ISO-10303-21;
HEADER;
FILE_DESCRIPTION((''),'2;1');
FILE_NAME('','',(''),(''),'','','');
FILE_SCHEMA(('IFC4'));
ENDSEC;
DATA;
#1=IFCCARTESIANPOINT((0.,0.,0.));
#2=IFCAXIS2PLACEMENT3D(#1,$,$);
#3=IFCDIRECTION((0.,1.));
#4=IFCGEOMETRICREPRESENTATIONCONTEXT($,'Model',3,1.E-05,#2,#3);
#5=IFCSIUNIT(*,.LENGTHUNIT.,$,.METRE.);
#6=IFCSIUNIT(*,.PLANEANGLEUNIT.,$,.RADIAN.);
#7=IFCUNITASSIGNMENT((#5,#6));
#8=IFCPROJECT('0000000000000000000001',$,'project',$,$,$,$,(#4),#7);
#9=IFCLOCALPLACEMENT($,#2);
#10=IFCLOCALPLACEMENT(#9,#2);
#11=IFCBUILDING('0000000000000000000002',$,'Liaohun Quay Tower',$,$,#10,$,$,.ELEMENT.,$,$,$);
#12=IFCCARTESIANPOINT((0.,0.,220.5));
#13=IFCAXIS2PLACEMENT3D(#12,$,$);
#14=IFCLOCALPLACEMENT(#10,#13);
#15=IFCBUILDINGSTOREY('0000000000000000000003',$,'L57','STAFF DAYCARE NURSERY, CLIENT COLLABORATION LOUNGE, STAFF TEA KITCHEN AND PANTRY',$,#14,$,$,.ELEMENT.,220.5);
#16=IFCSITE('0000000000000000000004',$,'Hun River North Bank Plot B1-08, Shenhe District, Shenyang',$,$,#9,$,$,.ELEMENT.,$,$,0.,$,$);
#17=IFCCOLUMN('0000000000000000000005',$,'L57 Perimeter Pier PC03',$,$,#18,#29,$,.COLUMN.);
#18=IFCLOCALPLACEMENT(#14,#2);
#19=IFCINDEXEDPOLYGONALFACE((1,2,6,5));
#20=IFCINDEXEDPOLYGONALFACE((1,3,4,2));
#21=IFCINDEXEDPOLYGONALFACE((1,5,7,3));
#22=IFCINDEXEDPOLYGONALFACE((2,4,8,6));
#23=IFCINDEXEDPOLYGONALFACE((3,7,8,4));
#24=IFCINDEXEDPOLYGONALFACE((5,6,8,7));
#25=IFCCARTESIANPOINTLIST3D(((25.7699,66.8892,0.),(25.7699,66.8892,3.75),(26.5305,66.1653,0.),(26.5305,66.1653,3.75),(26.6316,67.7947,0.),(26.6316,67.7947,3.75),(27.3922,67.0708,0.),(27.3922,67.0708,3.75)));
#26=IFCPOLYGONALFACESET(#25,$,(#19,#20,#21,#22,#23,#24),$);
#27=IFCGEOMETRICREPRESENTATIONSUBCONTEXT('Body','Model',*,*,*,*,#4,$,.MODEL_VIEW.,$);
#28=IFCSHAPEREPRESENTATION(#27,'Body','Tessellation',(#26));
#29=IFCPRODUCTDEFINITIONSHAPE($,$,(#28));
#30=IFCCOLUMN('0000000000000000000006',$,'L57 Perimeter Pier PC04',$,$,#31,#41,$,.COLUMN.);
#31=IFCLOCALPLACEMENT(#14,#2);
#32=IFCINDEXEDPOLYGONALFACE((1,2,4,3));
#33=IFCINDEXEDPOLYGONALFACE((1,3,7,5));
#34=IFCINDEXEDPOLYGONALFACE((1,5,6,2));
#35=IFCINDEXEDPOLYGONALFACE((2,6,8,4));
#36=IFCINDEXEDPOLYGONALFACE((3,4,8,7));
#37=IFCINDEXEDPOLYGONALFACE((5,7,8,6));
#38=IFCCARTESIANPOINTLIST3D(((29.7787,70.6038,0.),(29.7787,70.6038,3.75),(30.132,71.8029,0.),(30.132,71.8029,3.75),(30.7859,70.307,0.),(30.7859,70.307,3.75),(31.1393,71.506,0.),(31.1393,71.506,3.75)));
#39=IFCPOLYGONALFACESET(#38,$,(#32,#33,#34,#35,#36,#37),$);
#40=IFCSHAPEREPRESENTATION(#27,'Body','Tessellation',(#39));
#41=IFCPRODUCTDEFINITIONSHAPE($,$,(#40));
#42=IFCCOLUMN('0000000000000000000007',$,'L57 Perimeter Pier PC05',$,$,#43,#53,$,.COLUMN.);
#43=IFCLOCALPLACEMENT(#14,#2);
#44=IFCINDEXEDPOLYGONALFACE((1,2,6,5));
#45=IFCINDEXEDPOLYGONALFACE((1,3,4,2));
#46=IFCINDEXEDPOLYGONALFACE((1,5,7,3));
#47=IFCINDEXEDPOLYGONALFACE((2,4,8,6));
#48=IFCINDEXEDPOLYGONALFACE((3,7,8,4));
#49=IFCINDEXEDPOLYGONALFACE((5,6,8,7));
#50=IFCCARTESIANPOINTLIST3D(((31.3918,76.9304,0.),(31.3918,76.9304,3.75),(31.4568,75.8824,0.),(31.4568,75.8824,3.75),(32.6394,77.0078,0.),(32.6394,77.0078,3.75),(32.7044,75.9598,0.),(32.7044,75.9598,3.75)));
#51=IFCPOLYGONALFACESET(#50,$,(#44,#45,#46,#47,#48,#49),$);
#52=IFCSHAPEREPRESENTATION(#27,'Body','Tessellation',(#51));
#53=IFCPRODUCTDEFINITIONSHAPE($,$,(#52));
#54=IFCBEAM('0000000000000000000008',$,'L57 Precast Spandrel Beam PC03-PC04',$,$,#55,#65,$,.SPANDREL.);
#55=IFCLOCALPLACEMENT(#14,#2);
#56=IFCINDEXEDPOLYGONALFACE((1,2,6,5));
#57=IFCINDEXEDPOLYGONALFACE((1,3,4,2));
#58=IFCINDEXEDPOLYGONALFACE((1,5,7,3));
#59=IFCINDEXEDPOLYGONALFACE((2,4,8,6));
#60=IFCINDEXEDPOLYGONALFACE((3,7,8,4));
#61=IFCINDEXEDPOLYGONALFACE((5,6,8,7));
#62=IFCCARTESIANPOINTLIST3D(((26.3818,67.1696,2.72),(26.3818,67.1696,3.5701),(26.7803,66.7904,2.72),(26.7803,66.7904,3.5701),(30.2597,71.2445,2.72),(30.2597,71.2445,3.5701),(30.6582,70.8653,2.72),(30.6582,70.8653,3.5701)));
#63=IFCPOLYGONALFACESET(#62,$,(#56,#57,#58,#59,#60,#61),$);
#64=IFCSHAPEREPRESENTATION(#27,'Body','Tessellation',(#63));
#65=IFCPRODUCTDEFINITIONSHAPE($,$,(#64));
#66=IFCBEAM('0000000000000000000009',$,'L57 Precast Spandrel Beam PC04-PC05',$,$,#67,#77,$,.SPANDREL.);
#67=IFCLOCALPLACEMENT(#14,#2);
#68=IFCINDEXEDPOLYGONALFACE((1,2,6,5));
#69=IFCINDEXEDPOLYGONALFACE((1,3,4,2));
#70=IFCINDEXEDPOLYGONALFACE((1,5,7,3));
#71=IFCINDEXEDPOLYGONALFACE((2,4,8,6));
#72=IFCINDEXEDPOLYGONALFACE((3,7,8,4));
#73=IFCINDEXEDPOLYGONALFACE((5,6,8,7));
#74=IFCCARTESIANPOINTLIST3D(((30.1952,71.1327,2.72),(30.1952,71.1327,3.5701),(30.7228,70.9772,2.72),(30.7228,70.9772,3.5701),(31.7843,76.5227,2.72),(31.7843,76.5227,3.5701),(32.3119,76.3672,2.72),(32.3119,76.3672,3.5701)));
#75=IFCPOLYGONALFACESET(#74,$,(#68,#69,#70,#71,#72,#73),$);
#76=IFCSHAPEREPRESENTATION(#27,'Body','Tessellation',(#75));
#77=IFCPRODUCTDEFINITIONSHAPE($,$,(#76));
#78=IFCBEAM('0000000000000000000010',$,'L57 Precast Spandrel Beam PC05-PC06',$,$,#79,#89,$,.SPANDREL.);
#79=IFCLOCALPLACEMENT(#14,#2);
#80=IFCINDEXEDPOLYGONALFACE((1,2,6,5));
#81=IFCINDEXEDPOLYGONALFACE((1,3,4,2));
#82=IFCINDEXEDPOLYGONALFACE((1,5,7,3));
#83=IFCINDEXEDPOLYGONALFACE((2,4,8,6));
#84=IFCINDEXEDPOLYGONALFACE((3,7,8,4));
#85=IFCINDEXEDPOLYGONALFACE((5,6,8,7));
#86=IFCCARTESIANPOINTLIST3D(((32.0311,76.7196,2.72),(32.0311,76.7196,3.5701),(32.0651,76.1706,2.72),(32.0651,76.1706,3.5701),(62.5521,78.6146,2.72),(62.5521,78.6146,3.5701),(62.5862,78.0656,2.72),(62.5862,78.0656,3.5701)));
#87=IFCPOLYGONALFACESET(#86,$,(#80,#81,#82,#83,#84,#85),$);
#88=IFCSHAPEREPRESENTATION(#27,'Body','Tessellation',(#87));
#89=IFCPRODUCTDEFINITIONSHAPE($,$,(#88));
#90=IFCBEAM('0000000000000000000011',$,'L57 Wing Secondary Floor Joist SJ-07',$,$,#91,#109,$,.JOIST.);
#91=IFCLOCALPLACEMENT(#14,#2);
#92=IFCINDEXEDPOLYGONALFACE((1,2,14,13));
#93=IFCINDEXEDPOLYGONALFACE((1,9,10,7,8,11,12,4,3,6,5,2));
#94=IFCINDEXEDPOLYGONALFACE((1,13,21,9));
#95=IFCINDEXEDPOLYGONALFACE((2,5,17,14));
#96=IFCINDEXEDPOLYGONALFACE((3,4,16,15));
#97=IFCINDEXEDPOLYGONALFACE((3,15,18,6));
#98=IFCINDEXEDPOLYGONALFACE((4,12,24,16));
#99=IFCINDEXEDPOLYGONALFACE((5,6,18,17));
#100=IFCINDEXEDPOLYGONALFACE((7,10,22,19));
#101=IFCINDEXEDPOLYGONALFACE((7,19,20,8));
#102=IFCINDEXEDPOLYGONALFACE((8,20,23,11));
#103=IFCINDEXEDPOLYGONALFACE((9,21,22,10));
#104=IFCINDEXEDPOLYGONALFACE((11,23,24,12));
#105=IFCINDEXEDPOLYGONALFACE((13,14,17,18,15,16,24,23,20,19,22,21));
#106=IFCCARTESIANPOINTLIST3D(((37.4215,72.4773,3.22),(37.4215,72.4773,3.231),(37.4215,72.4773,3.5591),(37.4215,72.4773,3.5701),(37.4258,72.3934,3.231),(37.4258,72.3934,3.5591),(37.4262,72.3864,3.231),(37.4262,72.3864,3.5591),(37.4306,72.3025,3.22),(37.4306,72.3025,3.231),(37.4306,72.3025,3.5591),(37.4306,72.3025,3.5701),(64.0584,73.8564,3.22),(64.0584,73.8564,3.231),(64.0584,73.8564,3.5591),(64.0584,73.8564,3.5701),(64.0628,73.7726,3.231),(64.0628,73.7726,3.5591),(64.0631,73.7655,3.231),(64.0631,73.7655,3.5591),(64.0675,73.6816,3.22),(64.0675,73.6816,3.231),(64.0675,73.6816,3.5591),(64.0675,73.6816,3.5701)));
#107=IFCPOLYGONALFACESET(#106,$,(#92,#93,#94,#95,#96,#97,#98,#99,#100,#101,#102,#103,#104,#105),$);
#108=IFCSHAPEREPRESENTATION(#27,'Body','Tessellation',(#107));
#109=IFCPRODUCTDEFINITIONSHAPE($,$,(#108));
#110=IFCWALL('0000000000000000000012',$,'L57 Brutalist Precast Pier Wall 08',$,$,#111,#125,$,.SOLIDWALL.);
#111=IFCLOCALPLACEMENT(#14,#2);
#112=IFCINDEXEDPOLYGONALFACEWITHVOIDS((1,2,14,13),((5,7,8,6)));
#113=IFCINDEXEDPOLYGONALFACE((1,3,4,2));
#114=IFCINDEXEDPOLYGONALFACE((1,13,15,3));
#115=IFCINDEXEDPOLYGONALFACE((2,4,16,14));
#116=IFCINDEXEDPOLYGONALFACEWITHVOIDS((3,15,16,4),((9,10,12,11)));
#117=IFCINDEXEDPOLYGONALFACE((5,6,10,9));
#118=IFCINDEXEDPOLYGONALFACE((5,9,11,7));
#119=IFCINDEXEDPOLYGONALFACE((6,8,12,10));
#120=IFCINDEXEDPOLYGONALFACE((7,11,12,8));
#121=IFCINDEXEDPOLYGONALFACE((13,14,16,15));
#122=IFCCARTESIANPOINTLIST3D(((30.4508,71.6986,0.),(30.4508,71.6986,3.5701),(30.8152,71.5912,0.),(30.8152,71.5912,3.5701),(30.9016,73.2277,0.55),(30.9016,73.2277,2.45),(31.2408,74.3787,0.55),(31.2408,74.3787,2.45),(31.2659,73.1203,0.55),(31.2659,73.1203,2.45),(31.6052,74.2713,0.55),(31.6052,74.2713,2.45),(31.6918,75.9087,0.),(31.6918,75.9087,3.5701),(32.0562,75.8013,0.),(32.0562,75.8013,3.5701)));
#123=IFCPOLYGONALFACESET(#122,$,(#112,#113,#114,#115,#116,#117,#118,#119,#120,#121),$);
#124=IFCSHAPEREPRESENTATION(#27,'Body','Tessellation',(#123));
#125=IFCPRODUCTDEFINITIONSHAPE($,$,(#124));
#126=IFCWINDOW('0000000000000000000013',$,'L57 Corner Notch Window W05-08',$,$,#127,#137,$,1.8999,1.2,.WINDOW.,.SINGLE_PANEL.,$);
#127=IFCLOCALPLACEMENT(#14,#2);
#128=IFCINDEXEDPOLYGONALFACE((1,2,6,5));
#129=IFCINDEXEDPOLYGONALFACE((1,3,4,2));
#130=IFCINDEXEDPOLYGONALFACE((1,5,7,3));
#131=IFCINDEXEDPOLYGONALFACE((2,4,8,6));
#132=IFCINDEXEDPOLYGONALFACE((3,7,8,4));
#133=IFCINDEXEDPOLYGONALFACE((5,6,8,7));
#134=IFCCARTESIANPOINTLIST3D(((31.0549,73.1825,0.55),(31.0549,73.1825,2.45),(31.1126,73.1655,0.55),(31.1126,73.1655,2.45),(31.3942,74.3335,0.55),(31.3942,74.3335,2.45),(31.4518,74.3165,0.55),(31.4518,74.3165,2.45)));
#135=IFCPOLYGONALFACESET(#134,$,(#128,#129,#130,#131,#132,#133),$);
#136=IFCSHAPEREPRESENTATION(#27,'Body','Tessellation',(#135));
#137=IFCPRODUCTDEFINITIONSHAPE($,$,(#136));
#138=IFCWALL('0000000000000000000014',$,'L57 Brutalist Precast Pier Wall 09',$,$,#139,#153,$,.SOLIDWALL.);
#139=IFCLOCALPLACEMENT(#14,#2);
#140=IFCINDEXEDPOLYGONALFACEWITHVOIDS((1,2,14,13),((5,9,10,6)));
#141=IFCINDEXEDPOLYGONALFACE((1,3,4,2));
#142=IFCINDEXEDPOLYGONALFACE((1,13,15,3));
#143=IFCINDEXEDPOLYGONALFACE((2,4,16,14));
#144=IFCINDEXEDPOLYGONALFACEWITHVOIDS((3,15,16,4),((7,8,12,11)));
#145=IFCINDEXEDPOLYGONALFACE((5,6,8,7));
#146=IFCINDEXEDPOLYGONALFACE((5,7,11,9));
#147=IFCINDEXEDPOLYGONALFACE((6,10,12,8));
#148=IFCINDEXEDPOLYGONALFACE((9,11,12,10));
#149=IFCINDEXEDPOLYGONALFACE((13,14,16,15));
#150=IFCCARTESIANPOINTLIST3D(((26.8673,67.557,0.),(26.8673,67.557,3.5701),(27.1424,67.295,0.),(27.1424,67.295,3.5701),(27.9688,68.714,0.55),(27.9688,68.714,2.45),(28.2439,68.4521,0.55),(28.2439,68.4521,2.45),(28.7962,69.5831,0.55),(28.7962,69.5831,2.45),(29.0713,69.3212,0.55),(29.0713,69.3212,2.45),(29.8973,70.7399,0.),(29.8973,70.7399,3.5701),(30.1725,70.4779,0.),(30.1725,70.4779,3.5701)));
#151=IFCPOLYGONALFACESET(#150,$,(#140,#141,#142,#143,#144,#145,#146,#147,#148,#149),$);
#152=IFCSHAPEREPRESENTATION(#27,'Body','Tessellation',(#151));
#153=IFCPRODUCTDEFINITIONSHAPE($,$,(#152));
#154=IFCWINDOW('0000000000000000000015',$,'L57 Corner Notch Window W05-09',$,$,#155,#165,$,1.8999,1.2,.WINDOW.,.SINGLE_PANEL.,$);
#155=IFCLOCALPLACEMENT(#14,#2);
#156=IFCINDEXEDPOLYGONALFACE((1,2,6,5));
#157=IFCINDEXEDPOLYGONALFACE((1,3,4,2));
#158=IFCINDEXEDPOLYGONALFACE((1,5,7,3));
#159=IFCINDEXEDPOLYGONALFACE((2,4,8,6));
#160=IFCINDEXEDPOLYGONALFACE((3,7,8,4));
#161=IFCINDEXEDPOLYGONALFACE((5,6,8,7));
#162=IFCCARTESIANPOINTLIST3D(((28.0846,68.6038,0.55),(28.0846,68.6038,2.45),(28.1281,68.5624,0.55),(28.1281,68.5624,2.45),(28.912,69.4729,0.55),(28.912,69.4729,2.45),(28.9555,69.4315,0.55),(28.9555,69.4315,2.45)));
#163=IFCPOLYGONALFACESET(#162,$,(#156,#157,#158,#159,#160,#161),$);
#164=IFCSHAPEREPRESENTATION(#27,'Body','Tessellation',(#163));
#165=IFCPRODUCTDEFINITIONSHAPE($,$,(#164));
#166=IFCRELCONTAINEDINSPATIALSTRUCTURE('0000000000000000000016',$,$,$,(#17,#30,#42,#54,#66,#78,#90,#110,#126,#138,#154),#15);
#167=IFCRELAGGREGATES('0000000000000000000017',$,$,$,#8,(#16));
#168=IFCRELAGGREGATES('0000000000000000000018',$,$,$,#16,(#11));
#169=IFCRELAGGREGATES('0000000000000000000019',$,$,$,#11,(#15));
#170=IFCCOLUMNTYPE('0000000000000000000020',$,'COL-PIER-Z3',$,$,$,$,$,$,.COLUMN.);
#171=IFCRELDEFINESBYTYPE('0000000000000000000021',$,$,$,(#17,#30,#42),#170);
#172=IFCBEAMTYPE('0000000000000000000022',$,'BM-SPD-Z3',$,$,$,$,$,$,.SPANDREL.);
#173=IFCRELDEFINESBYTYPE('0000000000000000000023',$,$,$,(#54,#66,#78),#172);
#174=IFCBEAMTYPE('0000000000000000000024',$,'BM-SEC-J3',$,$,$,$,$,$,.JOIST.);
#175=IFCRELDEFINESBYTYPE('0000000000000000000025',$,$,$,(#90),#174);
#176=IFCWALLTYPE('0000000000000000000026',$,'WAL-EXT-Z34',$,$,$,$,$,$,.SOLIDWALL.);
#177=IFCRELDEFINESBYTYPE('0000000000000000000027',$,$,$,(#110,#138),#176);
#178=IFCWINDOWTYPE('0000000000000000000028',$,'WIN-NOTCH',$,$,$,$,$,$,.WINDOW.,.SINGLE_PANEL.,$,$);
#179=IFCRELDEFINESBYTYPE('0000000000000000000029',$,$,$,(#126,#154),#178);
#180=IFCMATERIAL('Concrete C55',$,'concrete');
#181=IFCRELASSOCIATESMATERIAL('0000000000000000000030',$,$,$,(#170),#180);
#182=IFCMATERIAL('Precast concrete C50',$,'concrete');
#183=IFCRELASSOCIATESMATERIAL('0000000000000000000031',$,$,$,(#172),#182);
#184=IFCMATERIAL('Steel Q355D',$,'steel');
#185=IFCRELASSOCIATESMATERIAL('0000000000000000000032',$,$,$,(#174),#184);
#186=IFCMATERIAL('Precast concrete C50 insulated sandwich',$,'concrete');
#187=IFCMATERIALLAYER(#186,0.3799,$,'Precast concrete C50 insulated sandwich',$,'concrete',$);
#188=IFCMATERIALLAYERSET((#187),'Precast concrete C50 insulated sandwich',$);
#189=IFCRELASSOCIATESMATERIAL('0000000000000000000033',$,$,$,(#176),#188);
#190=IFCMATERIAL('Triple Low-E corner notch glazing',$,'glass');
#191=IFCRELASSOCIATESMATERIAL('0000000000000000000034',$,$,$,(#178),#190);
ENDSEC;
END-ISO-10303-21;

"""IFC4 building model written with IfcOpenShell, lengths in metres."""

from ifc_helpers import new_model, si_unit, direction, frame, frame_2d, origin, origin_2d, place, context, subcontext, project, spatial, rectangle, i_section, extrude, source, transform, mapped, material, layer, layer_set, material_profile, profile_set, type_object, element, fill, save


model = new_model("IFC4")

# Units and contexts
model_context = context("Model", 3, precision=1e-05, world=origin(), true_north=direction((0.0, 1.0)))
body_context = subcontext(model_context, "Body", "Model", "MODEL_VIEW")
ifc_project = project(units=[si_unit("LENGTHUNIT", "METRE"), si_unit("PLANEANGLEUNIT", "RADIAN")], contexts=[model_context])

# Site, building, storey
site_placement = place(None, origin())
site = spatial("IfcSite", under=ifc_project, at=site_placement, Name="Hun River North Bank Plot B1-08, Shenhe District, Shenyang", CompositionType="ELEMENT", RefElevation=0.0)
building_placement = place(site_placement, origin())
building = spatial("IfcBuilding", under=site, at=building_placement, Name="Liaohun Quay Tower", CompositionType="ELEMENT")
storey_placement = place(building_placement, frame((0.0, 0.0, 220.5)))
storey = spatial("IfcBuildingStorey", under=building, at=storey_placement, Name="L57", Description="STAFF DAYCARE NURSERY, CLIENT COLLABORATION LOUNGE, STAFF TEA KITCHEN AND PANTRY", CompositionType="ELEMENT", Elevation=220.5)

# Columns
ifc_material_1 = material(Name="Concrete C55", Category="concrete")
ifc_material_profile_1 = material_profile(ifc_material_1, rectangle(XDim=1.25, YDim=1.05, at=origin_2d()), Name="RC1250x1050")
ifc_profile_set_1 = profile_set([ifc_material_profile_1], Name="Concrete C55")
column_type = type_object("IfcColumnType", Name="COL-PIER-Z3", PredefinedType="COLUMN", material=ifc_profile_set_1)
shared_shape_1 = source(origin(), body_context, "Body", "SweptSolid", [
    extrude(rectangle(XDim=1.25, YDim=1.05, at=origin_2d()), origin(), (0.0, 0.0, 1.0), 3.75),
])
for number, where, z_axis, x_axis, name in (
    (1, (26.5811, 66.98, 0.0), (0.0, 0.0, 1.0), (0.689367, 0.724413, 0.0), "L57 Perimeter Pier PC03"),
    (2, (30.459, 71.0549, 0.0), (0.0, 0.0, 1.0), (0.282676, 0.959215, 0.0), "L57 Perimeter Pier PC04"),
    (3, (32.0481, 76.4451, 0.0), (0.0, 0.0, 1.0), (0.998081, 0.06192, 0.0), "L57 Perimeter Pier PC05"),
):
    element("IfcColumn", number, at=place(storey_placement, frame(where, z_axis=z_axis, x_axis=x_axis)), inside=storey, type_object=column_type, Name=name, PredefinedType="COLUMN", context=body_context, shape_type="MappedRepresentation", body=[
        mapped(shared_shape_1, transform((0.0, 0.0, 0.0), x_axis=(1.0, 0.0, 0.0), y_axis=(0.0, 1.0, 0.0), z_axis=(0.0, 0.0, 1.0), scale=1.0)),
    ])

# Beams
ifc_material_2 = material(Name="Precast concrete C50", Category="concrete")
ifc_material_profile_2 = material_profile(ifc_material_2, rectangle(XDim=0.55, YDim=0.8501, at=origin_2d()), Name="RC550x850")
ifc_profile_set_2 = profile_set([ifc_material_profile_2], Name="Precast concrete C50")
beam_type_1 = type_object("IfcBeamType", Name="BM-SPD-Z3", PredefinedType="SPANDREL", material=ifc_profile_set_2)
shared_shape_2 = source(origin(), body_context, "Body", "SweptSolid", [
    extrude(rectangle(XDim=0.55, YDim=0.8501, at=origin_2d()), origin(), (0.0, 0.0, 1.0), 5.6252),
])
beam_1_placement = place(storey_placement, frame((26.5811, 66.98, 3.145), z_axis=(0.689378, 0.724402, 0.0), x_axis=(-0.724402, 0.689378, 0.0)))
element("IfcBeam", 4, at=beam_1_placement, inside=storey, type_object=beam_type_1, Name="L57 Precast Spandrel Beam PC03-PC04", PredefinedType="SPANDREL", context=body_context, shape_type="MappedRepresentation", body=[
    mapped(shared_shape_2, transform((0.0, 0.0, 0.0), x_axis=(1.0, 0.0, 0.0), y_axis=(0.0, 1.0, 0.0), z_axis=(0.0, 0.0, 1.0), scale=1.0)),
])
shared_shape_3 = source(origin(), body_context, "Body", "SweptSolid", [
    extrude(rectangle(XDim=0.55, YDim=0.8501, at=origin_2d()), origin(), (0.0, 0.0, 1.0), 5.6194),
])
beam_2_placement = place(storey_placement, frame((30.459, 71.0549, 3.145), z_axis=(0.282785, 0.959183, 0.0), x_axis=(-0.959183, 0.282785, 0.0)))
element("IfcBeam", 5, at=beam_2_placement, inside=storey, type_object=beam_type_1, Name="L57 Precast Spandrel Beam PC04-PC05", PredefinedType="SPANDREL", context=body_context, shape_type="MappedRepresentation", body=[
    mapped(shared_shape_3, transform((0.0, 0.0, 0.0), x_axis=(1.0, 0.0, 0.0), y_axis=(0.0, 1.0, 0.0), z_axis=(0.0, 0.0, 1.0), scale=1.0)),
])
shared_shape_4 = source(origin(), body_context, "Body", "SweptSolid", [
    extrude(rectangle(XDim=0.55, YDim=0.8501, at=origin_2d()), origin(), (0.0, 0.0, 1.0), 30.5798),
])
beam_3_placement = place(storey_placement, frame((32.0481, 76.4451, 3.145), z_axis=(0.998078, 0.06197, 0.0), x_axis=(-0.06197, 0.998078, 0.0)))
element("IfcBeam", 6, at=beam_3_placement, inside=storey, type_object=beam_type_1, Name="L57 Precast Spandrel Beam PC05-PC06", PredefinedType="SPANDREL", context=body_context, shape_type="MappedRepresentation", body=[
    mapped(shared_shape_4, transform((0.0, 0.0, 0.0), x_axis=(1.0, 0.0, 0.0), y_axis=(0.0, 1.0, 0.0), z_axis=(0.0, 0.0, 1.0), scale=1.0)),
])
ifc_material_3 = material(Name="Steel Q355D", Category="steel")
ifc_material_profile_3 = material_profile(ifc_material_3, i_section(OverallWidth=0.175, OverallDepth=0.3501, WebThickness=0.0071, FlangeThickness=0.011, at=origin_2d()), Name="HN350x175x7x11")
ifc_profile_set_3 = profile_set([ifc_material_profile_3], Name="Steel Q355D")
beam_type_2 = type_object("IfcBeamType", Name="BM-SEC-J3", PredefinedType="JOIST", material=ifc_profile_set_3)
shared_shape_5 = source(origin(), body_context, "Body", "SweptSolid", [
    extrude(i_section(OverallWidth=0.175, OverallDepth=0.3501, WebThickness=0.0071, FlangeThickness=0.011, at=origin_2d()), origin(), (0.0, 0.0, 1.0), 26.6726),
])
beam_4_placement = place(storey_placement, frame((37.426, 72.3899, 3.395), z_axis=(0.998662, 0.051707, 0.0), x_axis=(-0.051707, 0.998662, 0.0)))
element("IfcBeam", 7, at=beam_4_placement, inside=storey, type_object=beam_type_2, Name="L57 Wing Secondary Floor Joist SJ-07", PredefinedType="JOIST", context=body_context, shape_type="MappedRepresentation", body=[
    mapped(shared_shape_5, transform((0.0, 0.0, 0.0), x_axis=(1.0, 0.0, 0.0), y_axis=(0.0, 1.0, 0.0), z_axis=(0.0, 0.0, 1.0), scale=1.0)),
])

# Walls, openings, windows
ifc_material_4 = material(Name="Precast concrete C50 insulated sandwich", Category="concrete")
ifc_layer_1 = layer(ifc_material_4, 0.3799, Name="Precast concrete C50 insulated sandwich", Category="concrete")
ifc_layer_set_1 = layer_set([ifc_layer_1], Name="Precast concrete C50 insulated sandwich")
wall_type_1 = type_object("IfcWallType", Name="WAL-EXT-Z34", PredefinedType="SOLIDWALL", material=ifc_layer_set_1)
wall_1_placement = place(storey_placement, frame((31.874, 75.855, 0.0), z_axis=(0.0, 0.0, 1.0), x_axis=(-0.282741, -0.959196, 0.0)))
wall_1 = element("IfcWall", 8, at=wall_1_placement, inside=storey, type_object=wall_type_1, Name="L57 Brutalist Precast Pier Wall 08", PredefinedType="SOLIDWALL", context=body_context, shape_type="SweptSolid", body=[
    extrude(rectangle(XDim=4.3892, YDim=0.3799, at=frame_2d((2.1946, 0.0))), origin(), (0.0, 0.0, 1.0), 3.5701),
])
shared_shape_6 = source(origin(), body_context, "Body", "SweptSolid", [
    extrude(rectangle(XDim=1.2, YDim=1.8999, at=frame_2d((0.6001, 0.95))), frame((0.0, 0.2, 0.0), z_axis=(0.0, -1.0, 0.0), x_axis=(1.0, 0.0, 0.0)), (0.0, 0.0, 1.0), 0.3999),
])
opening_1_placement = place(wall_1_placement, frame((1.595, 0.0, 0.55)))
opening_1 = element("IfcOpeningElement", 9, at=opening_1_placement, cuts=wall_1, PredefinedType="OPENING", context=body_context, shape_type="MappedRepresentation", body=[
    mapped(shared_shape_6, transform((0.0, 0.0, 0.0), x_axis=(1.0, 0.0, 0.0), y_axis=(0.0, 1.0, 0.0), z_axis=(0.0, 0.0, 1.0), scale=1.0)),
])
ifc_material_5 = material(Name="Triple Low-E corner notch glazing", Category="glass")
window_type_1 = type_object("IfcWindowType", Name="WIN-NOTCH", PartitioningType="SINGLE_PANEL", PredefinedType="WINDOW", material=ifc_material_5)
shared_shape_7 = source(origin(), body_context, "Body", "SweptSolid", [
    extrude(rectangle(XDim=1.2, YDim=1.8999, at=frame_2d((0.6001, 0.95))), frame((0.0, 0.03, 0.0), z_axis=(0.0, -1.0, 0.0), x_axis=(1.0, 0.0, 0.0)), (0.0, 0.0, 1.0), 0.0601),
])
window_1_placement = place(opening_1_placement, origin())
window_1 = element("IfcWindow", 10, at=window_1_placement, inside=storey, type_object=window_type_1, Name="L57 Corner Notch Window W05-08", OverallHeight=1.8999, OverallWidth=1.2, PartitioningType="SINGLE_PANEL", PredefinedType="WINDOW", context=body_context, shape_type="MappedRepresentation", body=[
    mapped(shared_shape_7, transform((0.0, 0.0, 0.0), x_axis=(1.0, 0.0, 0.0), y_axis=(0.0, 1.0, 0.0), z_axis=(0.0, 0.0, 1.0), scale=1.0)),
])
fill(opening_1, window_1)
wall_2_placement = place(storey_placement, frame((30.0349, 70.6089, 0.0), z_axis=(0.0, 0.0, 1.0), x_axis=(-0.689504, -0.724282, 0.0)))
wall_2 = element("IfcWall", 11, at=wall_2_placement, inside=storey, type_object=wall_type_1, Name="L57 Brutalist Precast Pier Wall 09", PredefinedType="SOLIDWALL", context=body_context, shape_type="SweptSolid", body=[
    extrude(rectangle(XDim=4.3945, YDim=0.3799, at=frame_2d((2.1973, 0.0))), origin(), (0.0, 0.0, 1.0), 3.5701),
])
opening_2_placement = place(wall_2_placement, frame((1.5969, 0.0, 0.55)))
opening_2 = element("IfcOpeningElement", 12, at=opening_2_placement, cuts=wall_2, PredefinedType="OPENING", context=body_context, shape_type="MappedRepresentation", body=[
    mapped(shared_shape_6, transform((0.0, 0.0, 0.0), x_axis=(1.0, 0.0, 0.0), y_axis=(0.0, 1.0, 0.0), z_axis=(0.0, 0.0, 1.0), scale=1.0)),
])
window_2_placement = place(opening_2_placement, origin())
window_2 = element("IfcWindow", 13, at=window_2_placement, inside=storey, type_object=window_type_1, Name="L57 Corner Notch Window W05-09", OverallHeight=1.8999, OverallWidth=1.2, PartitioningType="SINGLE_PANEL", PredefinedType="WINDOW", context=body_context, shape_type="MappedRepresentation", body=[
    mapped(shared_shape_7, transform((0.0, 0.0, 0.0), x_axis=(1.0, 0.0, 0.0), y_axis=(0.0, 1.0, 0.0), z_axis=(0.0, 0.0, 1.0), scale=1.0)),
])
fill(opening_2, window_2)

save(model, "model.ifc")
